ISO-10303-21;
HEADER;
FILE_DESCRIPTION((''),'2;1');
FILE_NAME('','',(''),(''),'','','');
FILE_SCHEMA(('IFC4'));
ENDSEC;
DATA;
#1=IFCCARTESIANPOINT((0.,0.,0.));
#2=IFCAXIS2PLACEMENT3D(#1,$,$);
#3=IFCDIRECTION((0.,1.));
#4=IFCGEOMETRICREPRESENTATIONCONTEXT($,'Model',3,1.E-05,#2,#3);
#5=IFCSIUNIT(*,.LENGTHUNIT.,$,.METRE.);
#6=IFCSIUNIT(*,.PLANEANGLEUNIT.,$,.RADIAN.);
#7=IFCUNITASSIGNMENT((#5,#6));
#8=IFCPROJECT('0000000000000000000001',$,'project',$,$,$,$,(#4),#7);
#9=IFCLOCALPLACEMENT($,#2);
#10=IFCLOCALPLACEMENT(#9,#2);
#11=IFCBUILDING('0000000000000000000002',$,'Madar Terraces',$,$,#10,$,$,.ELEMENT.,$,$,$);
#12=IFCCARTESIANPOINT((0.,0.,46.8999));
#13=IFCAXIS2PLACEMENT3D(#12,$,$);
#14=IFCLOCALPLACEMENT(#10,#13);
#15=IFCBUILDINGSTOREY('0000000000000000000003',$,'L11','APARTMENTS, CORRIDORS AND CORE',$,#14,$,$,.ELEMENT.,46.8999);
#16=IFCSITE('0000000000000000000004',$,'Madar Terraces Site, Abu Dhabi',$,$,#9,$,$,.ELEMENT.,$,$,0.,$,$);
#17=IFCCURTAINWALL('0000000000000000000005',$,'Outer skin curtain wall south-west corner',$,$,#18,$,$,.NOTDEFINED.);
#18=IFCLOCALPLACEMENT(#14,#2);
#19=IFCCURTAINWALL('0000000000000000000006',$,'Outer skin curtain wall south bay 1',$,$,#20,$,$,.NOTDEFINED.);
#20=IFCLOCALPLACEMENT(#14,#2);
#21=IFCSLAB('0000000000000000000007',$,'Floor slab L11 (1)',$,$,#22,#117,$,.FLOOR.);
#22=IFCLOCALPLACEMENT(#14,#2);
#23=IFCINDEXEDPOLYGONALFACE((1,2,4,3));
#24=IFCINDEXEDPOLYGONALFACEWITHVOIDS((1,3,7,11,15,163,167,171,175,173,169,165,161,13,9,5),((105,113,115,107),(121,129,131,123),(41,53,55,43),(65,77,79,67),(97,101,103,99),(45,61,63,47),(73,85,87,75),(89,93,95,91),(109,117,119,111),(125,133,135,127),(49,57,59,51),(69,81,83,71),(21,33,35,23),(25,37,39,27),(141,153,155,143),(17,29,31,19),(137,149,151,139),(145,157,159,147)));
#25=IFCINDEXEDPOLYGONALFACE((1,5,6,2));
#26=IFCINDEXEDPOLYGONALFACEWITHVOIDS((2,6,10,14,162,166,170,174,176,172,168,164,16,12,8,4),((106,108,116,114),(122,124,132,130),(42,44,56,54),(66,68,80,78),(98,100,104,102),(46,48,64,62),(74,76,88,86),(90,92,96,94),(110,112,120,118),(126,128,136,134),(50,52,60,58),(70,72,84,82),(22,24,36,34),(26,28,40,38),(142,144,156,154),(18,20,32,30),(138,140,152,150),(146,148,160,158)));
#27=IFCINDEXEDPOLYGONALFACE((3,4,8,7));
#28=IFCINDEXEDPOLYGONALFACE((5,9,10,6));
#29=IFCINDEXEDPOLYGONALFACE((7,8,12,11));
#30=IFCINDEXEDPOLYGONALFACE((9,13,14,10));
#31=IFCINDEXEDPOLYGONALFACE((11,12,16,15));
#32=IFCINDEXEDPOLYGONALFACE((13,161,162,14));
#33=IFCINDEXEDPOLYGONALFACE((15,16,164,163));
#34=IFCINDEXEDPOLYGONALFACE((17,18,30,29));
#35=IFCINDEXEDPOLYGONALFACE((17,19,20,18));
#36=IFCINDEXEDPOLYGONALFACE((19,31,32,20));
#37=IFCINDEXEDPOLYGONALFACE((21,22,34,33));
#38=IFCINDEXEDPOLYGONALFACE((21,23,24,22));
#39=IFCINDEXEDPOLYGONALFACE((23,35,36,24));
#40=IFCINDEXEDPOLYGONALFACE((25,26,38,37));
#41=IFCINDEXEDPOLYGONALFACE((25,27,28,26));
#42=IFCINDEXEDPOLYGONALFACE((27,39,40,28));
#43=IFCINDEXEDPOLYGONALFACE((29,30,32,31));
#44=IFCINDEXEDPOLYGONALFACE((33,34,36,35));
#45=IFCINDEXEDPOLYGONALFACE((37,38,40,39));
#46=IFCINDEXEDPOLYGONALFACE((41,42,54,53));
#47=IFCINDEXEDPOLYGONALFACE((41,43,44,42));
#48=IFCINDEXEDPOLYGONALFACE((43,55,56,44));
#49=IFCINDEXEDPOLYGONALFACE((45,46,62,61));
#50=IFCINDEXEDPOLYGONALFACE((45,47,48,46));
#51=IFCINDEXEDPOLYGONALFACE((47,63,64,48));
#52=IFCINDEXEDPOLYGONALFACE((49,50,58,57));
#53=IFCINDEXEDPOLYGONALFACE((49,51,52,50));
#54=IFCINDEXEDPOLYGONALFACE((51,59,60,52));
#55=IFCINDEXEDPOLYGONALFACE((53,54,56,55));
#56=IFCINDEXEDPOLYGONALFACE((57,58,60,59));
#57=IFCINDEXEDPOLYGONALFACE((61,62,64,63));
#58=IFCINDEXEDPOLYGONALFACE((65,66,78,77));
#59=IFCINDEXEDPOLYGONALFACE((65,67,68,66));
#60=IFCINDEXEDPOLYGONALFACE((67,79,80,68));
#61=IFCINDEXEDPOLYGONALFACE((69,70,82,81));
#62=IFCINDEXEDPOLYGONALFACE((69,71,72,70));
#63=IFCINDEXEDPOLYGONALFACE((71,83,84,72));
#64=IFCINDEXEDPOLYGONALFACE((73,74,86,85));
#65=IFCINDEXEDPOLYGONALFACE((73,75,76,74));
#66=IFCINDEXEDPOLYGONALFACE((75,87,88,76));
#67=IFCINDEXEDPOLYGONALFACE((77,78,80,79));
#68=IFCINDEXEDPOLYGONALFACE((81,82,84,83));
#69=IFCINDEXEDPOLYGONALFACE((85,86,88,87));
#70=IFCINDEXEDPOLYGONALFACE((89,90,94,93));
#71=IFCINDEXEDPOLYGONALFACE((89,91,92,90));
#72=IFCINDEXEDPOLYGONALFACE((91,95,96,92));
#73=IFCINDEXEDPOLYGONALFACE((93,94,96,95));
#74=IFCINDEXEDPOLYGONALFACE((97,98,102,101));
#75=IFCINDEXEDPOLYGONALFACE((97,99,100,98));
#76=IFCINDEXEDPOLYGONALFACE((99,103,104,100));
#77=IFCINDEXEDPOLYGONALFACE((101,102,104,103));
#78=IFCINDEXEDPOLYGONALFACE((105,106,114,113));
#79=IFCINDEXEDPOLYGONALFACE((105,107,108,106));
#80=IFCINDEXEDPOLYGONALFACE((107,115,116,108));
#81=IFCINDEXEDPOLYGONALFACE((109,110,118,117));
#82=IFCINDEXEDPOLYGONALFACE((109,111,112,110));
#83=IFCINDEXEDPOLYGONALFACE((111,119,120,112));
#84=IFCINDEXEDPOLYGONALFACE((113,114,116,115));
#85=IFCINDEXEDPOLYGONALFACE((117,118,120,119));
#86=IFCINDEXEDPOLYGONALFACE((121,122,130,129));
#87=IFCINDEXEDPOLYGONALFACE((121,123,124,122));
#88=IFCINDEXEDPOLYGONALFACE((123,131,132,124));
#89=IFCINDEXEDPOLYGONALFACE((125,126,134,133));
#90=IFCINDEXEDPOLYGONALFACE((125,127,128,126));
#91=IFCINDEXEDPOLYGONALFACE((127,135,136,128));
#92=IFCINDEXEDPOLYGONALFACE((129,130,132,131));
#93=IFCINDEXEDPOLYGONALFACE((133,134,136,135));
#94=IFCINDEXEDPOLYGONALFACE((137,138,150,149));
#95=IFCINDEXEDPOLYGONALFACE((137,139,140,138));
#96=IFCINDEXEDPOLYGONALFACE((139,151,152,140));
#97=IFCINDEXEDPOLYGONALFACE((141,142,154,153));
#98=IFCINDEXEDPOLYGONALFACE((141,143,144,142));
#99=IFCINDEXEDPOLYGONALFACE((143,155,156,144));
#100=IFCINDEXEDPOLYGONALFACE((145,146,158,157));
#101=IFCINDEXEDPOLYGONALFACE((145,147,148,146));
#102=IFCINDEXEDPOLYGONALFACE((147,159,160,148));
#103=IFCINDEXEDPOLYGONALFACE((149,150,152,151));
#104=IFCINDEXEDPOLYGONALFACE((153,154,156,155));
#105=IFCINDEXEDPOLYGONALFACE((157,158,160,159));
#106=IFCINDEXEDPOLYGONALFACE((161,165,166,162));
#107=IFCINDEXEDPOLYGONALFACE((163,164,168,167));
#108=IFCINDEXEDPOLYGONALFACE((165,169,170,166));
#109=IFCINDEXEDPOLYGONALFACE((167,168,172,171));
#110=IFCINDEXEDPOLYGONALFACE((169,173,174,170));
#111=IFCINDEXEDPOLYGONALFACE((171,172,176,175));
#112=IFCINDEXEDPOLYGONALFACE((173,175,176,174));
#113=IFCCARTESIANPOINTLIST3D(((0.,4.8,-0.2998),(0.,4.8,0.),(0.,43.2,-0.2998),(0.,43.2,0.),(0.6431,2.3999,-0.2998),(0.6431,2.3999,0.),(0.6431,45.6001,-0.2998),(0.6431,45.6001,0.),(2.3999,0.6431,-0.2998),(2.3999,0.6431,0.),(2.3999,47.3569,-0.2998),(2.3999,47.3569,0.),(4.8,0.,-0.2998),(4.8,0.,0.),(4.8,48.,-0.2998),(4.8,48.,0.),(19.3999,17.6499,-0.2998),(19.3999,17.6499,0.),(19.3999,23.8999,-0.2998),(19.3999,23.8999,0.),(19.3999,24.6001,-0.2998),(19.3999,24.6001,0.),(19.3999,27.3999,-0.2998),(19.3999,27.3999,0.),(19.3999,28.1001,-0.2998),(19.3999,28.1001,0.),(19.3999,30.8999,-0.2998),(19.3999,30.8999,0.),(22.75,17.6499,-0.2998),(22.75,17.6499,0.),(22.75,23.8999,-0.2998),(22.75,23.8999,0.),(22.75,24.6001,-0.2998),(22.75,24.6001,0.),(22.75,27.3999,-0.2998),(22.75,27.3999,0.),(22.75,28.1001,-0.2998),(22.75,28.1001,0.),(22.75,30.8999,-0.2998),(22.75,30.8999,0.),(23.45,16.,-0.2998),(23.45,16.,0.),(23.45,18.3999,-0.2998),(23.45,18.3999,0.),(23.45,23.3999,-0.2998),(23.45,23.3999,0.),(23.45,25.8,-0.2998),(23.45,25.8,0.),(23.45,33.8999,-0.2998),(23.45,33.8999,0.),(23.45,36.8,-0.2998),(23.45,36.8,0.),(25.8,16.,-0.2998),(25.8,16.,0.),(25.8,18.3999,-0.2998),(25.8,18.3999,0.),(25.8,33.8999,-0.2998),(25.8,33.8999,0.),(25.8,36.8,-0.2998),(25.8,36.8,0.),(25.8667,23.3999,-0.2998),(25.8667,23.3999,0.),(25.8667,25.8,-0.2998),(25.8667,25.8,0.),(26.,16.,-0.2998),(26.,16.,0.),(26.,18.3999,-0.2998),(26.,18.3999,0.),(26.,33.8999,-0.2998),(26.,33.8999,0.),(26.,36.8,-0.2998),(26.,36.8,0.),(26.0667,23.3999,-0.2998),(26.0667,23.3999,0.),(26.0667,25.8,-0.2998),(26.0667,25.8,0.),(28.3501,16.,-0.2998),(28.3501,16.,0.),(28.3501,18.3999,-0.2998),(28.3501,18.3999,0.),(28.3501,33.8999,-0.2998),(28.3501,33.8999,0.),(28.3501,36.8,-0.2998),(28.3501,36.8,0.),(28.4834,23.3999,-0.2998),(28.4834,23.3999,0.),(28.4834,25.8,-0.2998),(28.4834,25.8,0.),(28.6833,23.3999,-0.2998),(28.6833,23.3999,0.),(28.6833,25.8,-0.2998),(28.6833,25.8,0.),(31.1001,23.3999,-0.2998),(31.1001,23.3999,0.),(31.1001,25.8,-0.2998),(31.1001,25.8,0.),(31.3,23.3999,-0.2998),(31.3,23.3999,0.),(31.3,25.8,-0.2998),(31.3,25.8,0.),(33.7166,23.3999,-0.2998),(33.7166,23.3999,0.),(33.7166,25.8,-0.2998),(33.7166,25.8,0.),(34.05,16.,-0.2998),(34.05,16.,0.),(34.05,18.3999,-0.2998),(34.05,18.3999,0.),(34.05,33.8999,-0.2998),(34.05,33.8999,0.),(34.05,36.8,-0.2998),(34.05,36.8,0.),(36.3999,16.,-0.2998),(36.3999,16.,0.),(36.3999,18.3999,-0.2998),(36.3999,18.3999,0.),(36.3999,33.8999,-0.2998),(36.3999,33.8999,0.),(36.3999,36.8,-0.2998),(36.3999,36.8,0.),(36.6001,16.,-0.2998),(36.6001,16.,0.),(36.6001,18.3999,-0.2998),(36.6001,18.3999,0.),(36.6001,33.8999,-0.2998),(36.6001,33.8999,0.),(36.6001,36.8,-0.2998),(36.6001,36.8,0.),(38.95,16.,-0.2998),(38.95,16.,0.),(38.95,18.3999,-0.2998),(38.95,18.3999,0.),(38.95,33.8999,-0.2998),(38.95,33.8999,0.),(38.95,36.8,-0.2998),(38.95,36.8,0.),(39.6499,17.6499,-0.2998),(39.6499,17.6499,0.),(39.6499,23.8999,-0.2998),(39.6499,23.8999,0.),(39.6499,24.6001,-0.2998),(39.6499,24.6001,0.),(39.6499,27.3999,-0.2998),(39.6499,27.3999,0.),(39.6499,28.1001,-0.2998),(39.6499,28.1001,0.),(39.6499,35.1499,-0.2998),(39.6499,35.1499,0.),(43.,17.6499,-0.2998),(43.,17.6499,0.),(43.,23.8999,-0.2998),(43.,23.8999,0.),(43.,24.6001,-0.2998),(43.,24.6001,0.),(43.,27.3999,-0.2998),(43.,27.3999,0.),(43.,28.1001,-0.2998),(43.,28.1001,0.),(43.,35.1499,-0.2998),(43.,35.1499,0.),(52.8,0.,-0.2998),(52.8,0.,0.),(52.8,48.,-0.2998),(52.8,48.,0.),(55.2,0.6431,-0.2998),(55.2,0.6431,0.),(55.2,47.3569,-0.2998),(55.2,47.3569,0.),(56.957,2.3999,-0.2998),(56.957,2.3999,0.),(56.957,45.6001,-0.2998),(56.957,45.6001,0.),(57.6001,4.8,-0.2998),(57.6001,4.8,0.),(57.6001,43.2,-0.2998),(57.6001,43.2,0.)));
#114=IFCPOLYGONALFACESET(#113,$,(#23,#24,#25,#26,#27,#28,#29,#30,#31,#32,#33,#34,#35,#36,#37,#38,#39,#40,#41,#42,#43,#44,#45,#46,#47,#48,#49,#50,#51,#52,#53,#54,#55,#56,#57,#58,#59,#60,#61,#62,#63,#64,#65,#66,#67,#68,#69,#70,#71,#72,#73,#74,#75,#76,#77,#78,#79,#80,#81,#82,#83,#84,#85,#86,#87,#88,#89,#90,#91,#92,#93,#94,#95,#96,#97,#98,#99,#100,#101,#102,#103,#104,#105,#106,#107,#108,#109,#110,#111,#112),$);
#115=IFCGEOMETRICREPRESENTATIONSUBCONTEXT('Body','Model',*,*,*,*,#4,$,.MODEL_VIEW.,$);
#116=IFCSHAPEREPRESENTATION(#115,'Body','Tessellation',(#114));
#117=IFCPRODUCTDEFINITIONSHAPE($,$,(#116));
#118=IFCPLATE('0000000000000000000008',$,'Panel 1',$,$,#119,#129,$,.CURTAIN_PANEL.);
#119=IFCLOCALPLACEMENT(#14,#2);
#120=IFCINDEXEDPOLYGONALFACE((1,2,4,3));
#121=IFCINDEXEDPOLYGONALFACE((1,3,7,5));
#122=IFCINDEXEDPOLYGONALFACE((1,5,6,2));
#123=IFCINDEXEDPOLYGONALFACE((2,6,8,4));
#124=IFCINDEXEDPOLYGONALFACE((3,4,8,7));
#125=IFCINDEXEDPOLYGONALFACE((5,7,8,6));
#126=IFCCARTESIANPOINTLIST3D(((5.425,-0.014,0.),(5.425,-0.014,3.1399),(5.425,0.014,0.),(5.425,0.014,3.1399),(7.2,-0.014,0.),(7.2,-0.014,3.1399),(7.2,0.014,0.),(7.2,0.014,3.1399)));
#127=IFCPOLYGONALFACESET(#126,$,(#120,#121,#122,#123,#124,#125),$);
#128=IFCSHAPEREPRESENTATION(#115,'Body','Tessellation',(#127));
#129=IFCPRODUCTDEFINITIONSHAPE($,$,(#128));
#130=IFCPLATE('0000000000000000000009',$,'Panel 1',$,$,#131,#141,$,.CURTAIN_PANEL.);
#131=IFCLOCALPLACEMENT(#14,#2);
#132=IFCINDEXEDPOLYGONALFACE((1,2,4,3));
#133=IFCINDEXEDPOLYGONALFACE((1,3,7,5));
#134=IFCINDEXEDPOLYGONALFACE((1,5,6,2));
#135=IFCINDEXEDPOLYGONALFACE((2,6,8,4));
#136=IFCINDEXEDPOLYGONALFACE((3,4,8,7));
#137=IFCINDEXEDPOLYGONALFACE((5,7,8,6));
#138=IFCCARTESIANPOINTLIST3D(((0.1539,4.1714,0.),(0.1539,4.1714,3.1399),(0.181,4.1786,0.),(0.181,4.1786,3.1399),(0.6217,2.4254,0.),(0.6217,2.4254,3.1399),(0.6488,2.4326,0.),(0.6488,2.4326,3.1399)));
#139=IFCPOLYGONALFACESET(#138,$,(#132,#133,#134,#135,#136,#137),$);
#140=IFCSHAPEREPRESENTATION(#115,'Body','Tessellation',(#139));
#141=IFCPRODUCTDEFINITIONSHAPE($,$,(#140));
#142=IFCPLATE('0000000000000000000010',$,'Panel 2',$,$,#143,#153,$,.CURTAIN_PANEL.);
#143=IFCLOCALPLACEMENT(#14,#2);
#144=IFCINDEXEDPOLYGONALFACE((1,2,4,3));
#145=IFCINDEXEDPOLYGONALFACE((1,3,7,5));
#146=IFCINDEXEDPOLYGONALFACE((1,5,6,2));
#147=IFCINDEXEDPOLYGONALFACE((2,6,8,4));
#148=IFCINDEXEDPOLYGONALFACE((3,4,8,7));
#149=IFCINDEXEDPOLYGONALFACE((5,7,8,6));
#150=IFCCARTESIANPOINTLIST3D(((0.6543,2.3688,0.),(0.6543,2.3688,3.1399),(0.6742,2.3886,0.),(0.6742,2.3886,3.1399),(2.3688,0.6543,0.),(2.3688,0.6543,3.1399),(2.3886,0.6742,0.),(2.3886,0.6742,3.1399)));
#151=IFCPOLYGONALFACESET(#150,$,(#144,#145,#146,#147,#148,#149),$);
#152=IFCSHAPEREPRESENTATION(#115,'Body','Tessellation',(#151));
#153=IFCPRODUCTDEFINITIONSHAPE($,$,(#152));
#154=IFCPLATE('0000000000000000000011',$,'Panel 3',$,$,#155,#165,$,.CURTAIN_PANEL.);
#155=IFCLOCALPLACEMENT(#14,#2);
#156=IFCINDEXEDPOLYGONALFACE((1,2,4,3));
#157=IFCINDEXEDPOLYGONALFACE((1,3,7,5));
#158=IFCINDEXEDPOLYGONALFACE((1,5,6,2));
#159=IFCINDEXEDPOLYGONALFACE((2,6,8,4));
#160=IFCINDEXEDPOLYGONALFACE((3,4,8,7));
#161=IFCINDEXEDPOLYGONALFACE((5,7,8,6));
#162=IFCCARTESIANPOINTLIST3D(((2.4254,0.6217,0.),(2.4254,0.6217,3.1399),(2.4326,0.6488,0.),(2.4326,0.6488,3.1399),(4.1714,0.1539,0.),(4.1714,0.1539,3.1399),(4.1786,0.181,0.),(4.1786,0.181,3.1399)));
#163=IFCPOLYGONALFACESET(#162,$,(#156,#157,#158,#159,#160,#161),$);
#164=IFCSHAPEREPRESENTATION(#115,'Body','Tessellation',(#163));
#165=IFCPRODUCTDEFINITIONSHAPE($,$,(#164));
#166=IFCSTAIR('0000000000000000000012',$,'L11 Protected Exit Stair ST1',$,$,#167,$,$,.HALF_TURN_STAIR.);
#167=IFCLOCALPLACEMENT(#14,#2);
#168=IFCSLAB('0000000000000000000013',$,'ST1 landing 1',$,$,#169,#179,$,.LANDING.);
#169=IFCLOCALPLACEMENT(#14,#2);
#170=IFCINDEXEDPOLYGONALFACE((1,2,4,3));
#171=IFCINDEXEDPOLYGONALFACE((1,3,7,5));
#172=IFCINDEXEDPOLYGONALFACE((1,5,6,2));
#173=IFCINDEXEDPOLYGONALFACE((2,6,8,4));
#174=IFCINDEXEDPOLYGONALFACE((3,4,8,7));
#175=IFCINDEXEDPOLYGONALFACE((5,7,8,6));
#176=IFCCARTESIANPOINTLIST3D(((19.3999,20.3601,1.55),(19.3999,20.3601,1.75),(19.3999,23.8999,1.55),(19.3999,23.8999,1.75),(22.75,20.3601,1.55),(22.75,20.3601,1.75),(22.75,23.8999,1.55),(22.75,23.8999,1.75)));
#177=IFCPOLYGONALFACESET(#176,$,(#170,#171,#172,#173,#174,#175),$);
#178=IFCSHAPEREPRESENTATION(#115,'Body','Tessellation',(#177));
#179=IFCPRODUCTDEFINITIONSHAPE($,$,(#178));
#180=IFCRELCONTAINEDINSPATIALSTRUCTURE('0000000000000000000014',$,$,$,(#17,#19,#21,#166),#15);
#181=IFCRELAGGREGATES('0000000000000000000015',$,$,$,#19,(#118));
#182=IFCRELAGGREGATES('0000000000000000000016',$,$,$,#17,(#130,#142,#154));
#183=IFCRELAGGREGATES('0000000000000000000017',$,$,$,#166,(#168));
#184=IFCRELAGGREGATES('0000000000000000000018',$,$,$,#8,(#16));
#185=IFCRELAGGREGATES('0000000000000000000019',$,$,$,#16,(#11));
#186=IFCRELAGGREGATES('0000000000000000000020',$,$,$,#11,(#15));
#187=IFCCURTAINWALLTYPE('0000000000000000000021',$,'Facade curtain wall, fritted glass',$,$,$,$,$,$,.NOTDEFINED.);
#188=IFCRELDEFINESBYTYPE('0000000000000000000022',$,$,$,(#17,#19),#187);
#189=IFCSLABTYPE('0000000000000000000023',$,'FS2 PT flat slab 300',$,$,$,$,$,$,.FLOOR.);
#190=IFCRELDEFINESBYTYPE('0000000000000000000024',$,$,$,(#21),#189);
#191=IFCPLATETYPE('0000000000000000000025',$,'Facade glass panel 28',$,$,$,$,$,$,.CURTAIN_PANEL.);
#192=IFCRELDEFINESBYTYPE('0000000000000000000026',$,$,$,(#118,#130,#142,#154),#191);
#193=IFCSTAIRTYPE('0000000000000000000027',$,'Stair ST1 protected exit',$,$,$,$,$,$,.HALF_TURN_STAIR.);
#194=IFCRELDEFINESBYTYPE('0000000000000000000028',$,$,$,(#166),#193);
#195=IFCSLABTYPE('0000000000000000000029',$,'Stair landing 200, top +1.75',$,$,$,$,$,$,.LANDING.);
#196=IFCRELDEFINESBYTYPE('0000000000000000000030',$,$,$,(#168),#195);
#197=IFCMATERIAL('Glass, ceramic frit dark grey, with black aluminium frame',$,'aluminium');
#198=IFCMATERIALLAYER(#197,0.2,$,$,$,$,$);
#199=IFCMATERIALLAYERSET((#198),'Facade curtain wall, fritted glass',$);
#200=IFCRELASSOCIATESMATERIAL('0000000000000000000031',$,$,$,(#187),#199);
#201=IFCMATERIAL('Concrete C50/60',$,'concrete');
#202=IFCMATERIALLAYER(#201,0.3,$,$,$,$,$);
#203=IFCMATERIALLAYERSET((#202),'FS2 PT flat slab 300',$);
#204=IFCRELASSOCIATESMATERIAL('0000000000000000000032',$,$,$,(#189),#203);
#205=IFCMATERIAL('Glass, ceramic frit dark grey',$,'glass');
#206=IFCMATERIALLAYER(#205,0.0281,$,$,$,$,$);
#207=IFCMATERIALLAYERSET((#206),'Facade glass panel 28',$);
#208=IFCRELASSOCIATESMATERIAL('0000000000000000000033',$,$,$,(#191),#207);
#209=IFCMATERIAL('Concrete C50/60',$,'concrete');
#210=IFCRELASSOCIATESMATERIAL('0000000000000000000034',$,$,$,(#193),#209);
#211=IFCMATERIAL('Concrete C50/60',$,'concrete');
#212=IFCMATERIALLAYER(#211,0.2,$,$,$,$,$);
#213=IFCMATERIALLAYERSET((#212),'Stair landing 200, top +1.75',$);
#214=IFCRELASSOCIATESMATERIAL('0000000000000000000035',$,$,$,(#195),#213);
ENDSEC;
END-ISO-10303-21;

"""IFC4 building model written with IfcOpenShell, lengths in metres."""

from ifc_helpers import new_model, si_unit, direction, frame, origin, origin_2d, place, context, subcontext, project, spatial, polyline, rectangle, outline, extrude, material, layer, layer_set, type_object, element, aggregate, save


model = new_model("IFC4")

# Units and contexts
model_context = context("Model", 3, precision=1e-05, world=origin(), true_north=direction((0.0, 1.0)))
body_context = subcontext(model_context, "Body", "Model", "MODEL_VIEW")
ifc_project = project(units=[si_unit("LENGTHUNIT", "METRE"), si_unit("PLANEANGLEUNIT", "RADIAN")], contexts=[model_context])

# Site, building, storey
site_placement = place(None, origin())
site = spatial("IfcSite", under=ifc_project, at=site_placement, Name="Madar Terraces Site, Abu Dhabi", CompositionType="ELEMENT", RefElevation=0.0)
building_placement = place(site_placement, origin())
building = spatial("IfcBuilding", under=site, at=building_placement, Name="Madar Terraces", CompositionType="ELEMENT")
storey_placement = place(building_placement, frame((0.0, 0.0, 46.8999)))
storey = spatial("IfcBuildingStorey", under=building, at=storey_placement, Name="L11", Description="APARTMENTS, CORRIDORS AND CORE", CompositionType="ELEMENT", Elevation=46.8999)

# Curtain walls
ifc_material_1 = material(Name="Glass, ceramic frit dark grey, with black aluminium frame", Category="aluminium")
ifc_layer_1 = layer(ifc_material_1, 0.2)
ifc_layer_set_1 = layer_set([ifc_layer_1], Name="Facade curtain wall, fritted glass")
curtain_wall_type = type_object("IfcCurtainWallType", Name="Facade curtain wall, fritted glass", PredefinedType="NOTDEFINED", material=ifc_layer_set_1)
curtain_wall_1_placement = place(storey_placement, origin())
curtain_wall_1 = element("IfcCurtainWall", 1, at=curtain_wall_1_placement, inside=storey, type_object=curtain_wall_type, Name="Outer skin curtain wall south-west corner", PredefinedType="NOTDEFINED")
curtain_wall_2_placement = place(storey_placement, origin())
curtain_wall_2 = element("IfcCurtainWall", 2, at=curtain_wall_2_placement, inside=storey, type_object=curtain_wall_type, Name="Outer skin curtain wall south bay 1", PredefinedType="NOTDEFINED")

# Slab
ifc_material_2 = material(Name="Concrete C50/60", Category="concrete")
ifc_layer_2 = layer(ifc_material_2, 0.3)
ifc_layer_set_2 = layer_set([ifc_layer_2], Name="FS2 PT flat slab 300")
slab_type_1 = type_object("IfcSlabType", Name="FS2 PT flat slab 300", PredefinedType="FLOOR", material=ifc_layer_set_2)
slab_1_placement = place(storey_placement, frame((0.0, 0.0, -0.2998)))
element("IfcSlab", 3, at=slab_1_placement, inside=storey, type_object=slab_type_1, Name="Floor slab L11 (1)", PredefinedType="FLOOR", context=body_context, shape_type="SweptSolid", body=[
    extrude(outline(polyline([(52.8, 0.0), (55.2, 0.6431), (56.957, 2.3999), (57.6001, 4.8), (57.6001, 43.2), (56.957, 45.6001), (55.2, 47.3569), (52.8, 48.0), (4.8, 48.0), (2.3999, 47.3569), (0.6431, 45.6001), (0.0, 43.2), (0.0, 4.8), (0.6431, 2.3999), (2.3999, 0.6431), (4.8, 0.0), (52.8, 0.0)]), holes=[polyline([(23.45, 16.0), (23.45, 18.3999), (25.8, 18.3999), (25.8, 16.0), (23.45, 16.0)]), polyline([(26.0, 16.0), (26.0, 18.3999), (28.3501, 18.3999), (28.3501, 16.0), (26.0, 16.0)]), polyline([(19.3999, 17.6499), (19.3999, 23.8999), (22.75, 23.8999), (22.75, 17.6499), (19.3999, 17.6499)]), polyline([(23.45, 23.3999), (23.45, 25.8), (25.8667, 25.8), (25.8667, 23.3999), (23.45, 23.3999)]), polyline([(26.0667, 23.3999), (26.0667, 25.8), (28.4834, 25.8), (28.4834, 23.3999), (26.0667, 23.3999)]), polyline([(19.3999, 24.6001), (19.3999, 27.3999), (22.75, 27.3999), (22.75, 24.6001), (19.3999, 24.6001)]), polyline([(19.3999, 28.1001), (19.3999, 30.8999), (22.75, 30.8999), (22.75, 28.1001), (19.3999, 28.1001)]), polyline([(23.45, 36.8), (25.8, 36.8), (25.8, 33.8999), (23.45, 33.8999), (23.45, 36.8)]), polyline([(26.0, 36.8), (28.3501, 36.8), (28.3501, 33.8999), (26.0, 33.8999), (26.0, 36.8)]), polyline([(34.05, 16.0), (34.05, 18.3999), (36.3999, 18.3999), (36.3999, 16.0), (34.05, 16.0)]), polyline([(36.6001, 16.0), (36.6001, 18.3999), (38.95, 18.3999), (38.95, 16.0), (36.6001, 16.0)]), polyline([(39.6499, 17.6499), (39.6499, 23.8999), (43.0, 23.8999), (43.0, 17.6499), (39.6499, 17.6499)]), polyline([(28.6833, 23.3999), (28.6833, 25.8), (31.1001, 25.8), (31.1001, 23.3999), (28.6833, 23.3999)]), polyline([(31.3, 23.3999), (31.3, 25.8), (33.7166, 25.8), (33.7166, 23.3999), (31.3, 23.3999)]), polyline([(39.6499, 24.6001), (39.6499, 27.3999), (43.0, 27.3999), (43.0, 24.6001), (39.6499, 24.6001)]), polyline([(39.6499, 28.1001), (39.6499, 35.1499), (43.0, 35.1499), (43.0, 28.1001), (39.6499, 28.1001)]), polyline([(34.05, 36.8), (36.3999, 36.8), (36.3999, 33.8999), (34.05, 33.8999), (34.05, 36.8)]), polyline([(36.6001, 36.8), (38.95, 36.8), (38.95, 33.8999), (36.6001, 33.8999), (36.6001, 36.8)])]), origin(), (0.0, 0.0, 1.0), 0.2998),
])

# Plates
ifc_material_3 = material(Name="Glass, ceramic frit dark grey", Category="glass")
ifc_layer_3 = layer(ifc_material_3, 0.0281)
ifc_layer_set_3 = layer_set([ifc_layer_3], Name="Facade glass panel 28")
plate_type = type_object("IfcPlateType", Name="Facade glass panel 28", PredefinedType="CURTAIN_PANEL", material=ifc_layer_set_3)
plate_1_placement = place(storey_placement, frame((6.3125, 0.0, 0.0), z_axis=(0.0, 0.0, 1.0), x_axis=(1.0, 0.0, 0.0)))
plate_1 = element("IfcPlate", 4, at=plate_1_placement, type_object=plate_type, Name="Panel 1", PredefinedType="CURTAIN_PANEL", context=body_context, shape_type="SweptSolid", body=[
    extrude(rectangle(XDim=1.7749, YDim=0.0281, at=origin_2d()), origin(), (0.0, 0.0, 1.0), 3.1399),
])
aggregate(curtain_wall_2, [plate_1])
plate_2_placement = place(storey_placement, frame((0.4014, 3.302, 0.0), z_axis=(0.0, 0.0, 1.0), x_axis=(0.258819, -0.965926, 0.0)))
plate_2 = element("IfcPlate", 5, at=plate_2_placement, type_object=plate_type, Name="Panel 1", PredefinedType="CURTAIN_PANEL", context=body_context, shape_type="SweptSolid", body=[
    extrude(rectangle(XDim=1.8076, YDim=0.0281, at=origin_2d()), origin(), (0.0, 0.0, 1.0), 3.1399),
])
plate_3_placement = place(storey_placement, frame((1.5215, 1.5215, 0.0), z_axis=(0.0, 0.0, 1.0), x_axis=(0.707107, -0.707107, 0.0)))
plate_3 = element("IfcPlate", 6, at=plate_3_placement, type_object=plate_type, Name="Panel 2", PredefinedType="CURTAIN_PANEL", context=body_context, shape_type="SweptSolid", body=[
    extrude(rectangle(XDim=2.4246, YDim=0.0281, at=origin_2d()), origin(), (0.0, 0.0, 1.0), 3.1399),
])
plate_4_placement = place(storey_placement, frame((3.302, 0.4014, 0.0), z_axis=(0.0, 0.0, 1.0), x_axis=(0.965926, -0.258819, 0.0)))
plate_4 = element("IfcPlate", 7, at=plate_4_placement, type_object=plate_type, Name="Panel 3", PredefinedType="CURTAIN_PANEL", context=body_context, shape_type="SweptSolid", body=[
    extrude(rectangle(XDim=1.8076, YDim=0.0281, at=origin_2d()), origin(), (0.0, 0.0, 1.0), 3.1399),
])
aggregate(curtain_wall_1, [plate_2, plate_3, plate_4])

# Stair, slab
ifc_material_4 = material(Name="Concrete C50/60", Category="concrete")
stair_type_1 = type_object("IfcStairType", Name="Stair ST1 protected exit", PredefinedType="HALF_TURN_STAIR", material=ifc_material_4)
stair_1_placement = place(storey_placement, origin())
stair_1 = element("IfcStair", 8, at=stair_1_placement, inside=storey, type_object=stair_type_1, Name="L11 Protected Exit Stair ST1", PredefinedType="HALF_TURN_STAIR")
ifc_material_5 = material(Name="Concrete C50/60", Category="concrete")
ifc_layer_4 = layer(ifc_material_5, 0.2)
ifc_layer_set_4 = layer_set([ifc_layer_4], Name="Stair landing 200, top +1.75")
slab_type_2 = type_object("IfcSlabType", Name="Stair landing 200, top +1.75", PredefinedType="LANDING", material=ifc_layer_set_4)
slab_2_placement = place(storey_placement, frame((0.0, 0.0, 1.55)))
slab_2 = element("IfcSlab", 9, at=slab_2_placement, type_object=slab_type_2, Name="ST1 landing 1", PredefinedType="LANDING", context=body_context, shape_type="SweptSolid", body=[
    extrude(outline(polyline([(19.3999, 20.3601), (22.75, 20.3601), (22.75, 23.8999), (19.3999, 23.8999), (19.3999, 20.3601)])), origin(), (0.0, 0.0, 1.0), 0.2),
])
aggregate(stair_1, [slab_2])

save(model, "model.ifc")
